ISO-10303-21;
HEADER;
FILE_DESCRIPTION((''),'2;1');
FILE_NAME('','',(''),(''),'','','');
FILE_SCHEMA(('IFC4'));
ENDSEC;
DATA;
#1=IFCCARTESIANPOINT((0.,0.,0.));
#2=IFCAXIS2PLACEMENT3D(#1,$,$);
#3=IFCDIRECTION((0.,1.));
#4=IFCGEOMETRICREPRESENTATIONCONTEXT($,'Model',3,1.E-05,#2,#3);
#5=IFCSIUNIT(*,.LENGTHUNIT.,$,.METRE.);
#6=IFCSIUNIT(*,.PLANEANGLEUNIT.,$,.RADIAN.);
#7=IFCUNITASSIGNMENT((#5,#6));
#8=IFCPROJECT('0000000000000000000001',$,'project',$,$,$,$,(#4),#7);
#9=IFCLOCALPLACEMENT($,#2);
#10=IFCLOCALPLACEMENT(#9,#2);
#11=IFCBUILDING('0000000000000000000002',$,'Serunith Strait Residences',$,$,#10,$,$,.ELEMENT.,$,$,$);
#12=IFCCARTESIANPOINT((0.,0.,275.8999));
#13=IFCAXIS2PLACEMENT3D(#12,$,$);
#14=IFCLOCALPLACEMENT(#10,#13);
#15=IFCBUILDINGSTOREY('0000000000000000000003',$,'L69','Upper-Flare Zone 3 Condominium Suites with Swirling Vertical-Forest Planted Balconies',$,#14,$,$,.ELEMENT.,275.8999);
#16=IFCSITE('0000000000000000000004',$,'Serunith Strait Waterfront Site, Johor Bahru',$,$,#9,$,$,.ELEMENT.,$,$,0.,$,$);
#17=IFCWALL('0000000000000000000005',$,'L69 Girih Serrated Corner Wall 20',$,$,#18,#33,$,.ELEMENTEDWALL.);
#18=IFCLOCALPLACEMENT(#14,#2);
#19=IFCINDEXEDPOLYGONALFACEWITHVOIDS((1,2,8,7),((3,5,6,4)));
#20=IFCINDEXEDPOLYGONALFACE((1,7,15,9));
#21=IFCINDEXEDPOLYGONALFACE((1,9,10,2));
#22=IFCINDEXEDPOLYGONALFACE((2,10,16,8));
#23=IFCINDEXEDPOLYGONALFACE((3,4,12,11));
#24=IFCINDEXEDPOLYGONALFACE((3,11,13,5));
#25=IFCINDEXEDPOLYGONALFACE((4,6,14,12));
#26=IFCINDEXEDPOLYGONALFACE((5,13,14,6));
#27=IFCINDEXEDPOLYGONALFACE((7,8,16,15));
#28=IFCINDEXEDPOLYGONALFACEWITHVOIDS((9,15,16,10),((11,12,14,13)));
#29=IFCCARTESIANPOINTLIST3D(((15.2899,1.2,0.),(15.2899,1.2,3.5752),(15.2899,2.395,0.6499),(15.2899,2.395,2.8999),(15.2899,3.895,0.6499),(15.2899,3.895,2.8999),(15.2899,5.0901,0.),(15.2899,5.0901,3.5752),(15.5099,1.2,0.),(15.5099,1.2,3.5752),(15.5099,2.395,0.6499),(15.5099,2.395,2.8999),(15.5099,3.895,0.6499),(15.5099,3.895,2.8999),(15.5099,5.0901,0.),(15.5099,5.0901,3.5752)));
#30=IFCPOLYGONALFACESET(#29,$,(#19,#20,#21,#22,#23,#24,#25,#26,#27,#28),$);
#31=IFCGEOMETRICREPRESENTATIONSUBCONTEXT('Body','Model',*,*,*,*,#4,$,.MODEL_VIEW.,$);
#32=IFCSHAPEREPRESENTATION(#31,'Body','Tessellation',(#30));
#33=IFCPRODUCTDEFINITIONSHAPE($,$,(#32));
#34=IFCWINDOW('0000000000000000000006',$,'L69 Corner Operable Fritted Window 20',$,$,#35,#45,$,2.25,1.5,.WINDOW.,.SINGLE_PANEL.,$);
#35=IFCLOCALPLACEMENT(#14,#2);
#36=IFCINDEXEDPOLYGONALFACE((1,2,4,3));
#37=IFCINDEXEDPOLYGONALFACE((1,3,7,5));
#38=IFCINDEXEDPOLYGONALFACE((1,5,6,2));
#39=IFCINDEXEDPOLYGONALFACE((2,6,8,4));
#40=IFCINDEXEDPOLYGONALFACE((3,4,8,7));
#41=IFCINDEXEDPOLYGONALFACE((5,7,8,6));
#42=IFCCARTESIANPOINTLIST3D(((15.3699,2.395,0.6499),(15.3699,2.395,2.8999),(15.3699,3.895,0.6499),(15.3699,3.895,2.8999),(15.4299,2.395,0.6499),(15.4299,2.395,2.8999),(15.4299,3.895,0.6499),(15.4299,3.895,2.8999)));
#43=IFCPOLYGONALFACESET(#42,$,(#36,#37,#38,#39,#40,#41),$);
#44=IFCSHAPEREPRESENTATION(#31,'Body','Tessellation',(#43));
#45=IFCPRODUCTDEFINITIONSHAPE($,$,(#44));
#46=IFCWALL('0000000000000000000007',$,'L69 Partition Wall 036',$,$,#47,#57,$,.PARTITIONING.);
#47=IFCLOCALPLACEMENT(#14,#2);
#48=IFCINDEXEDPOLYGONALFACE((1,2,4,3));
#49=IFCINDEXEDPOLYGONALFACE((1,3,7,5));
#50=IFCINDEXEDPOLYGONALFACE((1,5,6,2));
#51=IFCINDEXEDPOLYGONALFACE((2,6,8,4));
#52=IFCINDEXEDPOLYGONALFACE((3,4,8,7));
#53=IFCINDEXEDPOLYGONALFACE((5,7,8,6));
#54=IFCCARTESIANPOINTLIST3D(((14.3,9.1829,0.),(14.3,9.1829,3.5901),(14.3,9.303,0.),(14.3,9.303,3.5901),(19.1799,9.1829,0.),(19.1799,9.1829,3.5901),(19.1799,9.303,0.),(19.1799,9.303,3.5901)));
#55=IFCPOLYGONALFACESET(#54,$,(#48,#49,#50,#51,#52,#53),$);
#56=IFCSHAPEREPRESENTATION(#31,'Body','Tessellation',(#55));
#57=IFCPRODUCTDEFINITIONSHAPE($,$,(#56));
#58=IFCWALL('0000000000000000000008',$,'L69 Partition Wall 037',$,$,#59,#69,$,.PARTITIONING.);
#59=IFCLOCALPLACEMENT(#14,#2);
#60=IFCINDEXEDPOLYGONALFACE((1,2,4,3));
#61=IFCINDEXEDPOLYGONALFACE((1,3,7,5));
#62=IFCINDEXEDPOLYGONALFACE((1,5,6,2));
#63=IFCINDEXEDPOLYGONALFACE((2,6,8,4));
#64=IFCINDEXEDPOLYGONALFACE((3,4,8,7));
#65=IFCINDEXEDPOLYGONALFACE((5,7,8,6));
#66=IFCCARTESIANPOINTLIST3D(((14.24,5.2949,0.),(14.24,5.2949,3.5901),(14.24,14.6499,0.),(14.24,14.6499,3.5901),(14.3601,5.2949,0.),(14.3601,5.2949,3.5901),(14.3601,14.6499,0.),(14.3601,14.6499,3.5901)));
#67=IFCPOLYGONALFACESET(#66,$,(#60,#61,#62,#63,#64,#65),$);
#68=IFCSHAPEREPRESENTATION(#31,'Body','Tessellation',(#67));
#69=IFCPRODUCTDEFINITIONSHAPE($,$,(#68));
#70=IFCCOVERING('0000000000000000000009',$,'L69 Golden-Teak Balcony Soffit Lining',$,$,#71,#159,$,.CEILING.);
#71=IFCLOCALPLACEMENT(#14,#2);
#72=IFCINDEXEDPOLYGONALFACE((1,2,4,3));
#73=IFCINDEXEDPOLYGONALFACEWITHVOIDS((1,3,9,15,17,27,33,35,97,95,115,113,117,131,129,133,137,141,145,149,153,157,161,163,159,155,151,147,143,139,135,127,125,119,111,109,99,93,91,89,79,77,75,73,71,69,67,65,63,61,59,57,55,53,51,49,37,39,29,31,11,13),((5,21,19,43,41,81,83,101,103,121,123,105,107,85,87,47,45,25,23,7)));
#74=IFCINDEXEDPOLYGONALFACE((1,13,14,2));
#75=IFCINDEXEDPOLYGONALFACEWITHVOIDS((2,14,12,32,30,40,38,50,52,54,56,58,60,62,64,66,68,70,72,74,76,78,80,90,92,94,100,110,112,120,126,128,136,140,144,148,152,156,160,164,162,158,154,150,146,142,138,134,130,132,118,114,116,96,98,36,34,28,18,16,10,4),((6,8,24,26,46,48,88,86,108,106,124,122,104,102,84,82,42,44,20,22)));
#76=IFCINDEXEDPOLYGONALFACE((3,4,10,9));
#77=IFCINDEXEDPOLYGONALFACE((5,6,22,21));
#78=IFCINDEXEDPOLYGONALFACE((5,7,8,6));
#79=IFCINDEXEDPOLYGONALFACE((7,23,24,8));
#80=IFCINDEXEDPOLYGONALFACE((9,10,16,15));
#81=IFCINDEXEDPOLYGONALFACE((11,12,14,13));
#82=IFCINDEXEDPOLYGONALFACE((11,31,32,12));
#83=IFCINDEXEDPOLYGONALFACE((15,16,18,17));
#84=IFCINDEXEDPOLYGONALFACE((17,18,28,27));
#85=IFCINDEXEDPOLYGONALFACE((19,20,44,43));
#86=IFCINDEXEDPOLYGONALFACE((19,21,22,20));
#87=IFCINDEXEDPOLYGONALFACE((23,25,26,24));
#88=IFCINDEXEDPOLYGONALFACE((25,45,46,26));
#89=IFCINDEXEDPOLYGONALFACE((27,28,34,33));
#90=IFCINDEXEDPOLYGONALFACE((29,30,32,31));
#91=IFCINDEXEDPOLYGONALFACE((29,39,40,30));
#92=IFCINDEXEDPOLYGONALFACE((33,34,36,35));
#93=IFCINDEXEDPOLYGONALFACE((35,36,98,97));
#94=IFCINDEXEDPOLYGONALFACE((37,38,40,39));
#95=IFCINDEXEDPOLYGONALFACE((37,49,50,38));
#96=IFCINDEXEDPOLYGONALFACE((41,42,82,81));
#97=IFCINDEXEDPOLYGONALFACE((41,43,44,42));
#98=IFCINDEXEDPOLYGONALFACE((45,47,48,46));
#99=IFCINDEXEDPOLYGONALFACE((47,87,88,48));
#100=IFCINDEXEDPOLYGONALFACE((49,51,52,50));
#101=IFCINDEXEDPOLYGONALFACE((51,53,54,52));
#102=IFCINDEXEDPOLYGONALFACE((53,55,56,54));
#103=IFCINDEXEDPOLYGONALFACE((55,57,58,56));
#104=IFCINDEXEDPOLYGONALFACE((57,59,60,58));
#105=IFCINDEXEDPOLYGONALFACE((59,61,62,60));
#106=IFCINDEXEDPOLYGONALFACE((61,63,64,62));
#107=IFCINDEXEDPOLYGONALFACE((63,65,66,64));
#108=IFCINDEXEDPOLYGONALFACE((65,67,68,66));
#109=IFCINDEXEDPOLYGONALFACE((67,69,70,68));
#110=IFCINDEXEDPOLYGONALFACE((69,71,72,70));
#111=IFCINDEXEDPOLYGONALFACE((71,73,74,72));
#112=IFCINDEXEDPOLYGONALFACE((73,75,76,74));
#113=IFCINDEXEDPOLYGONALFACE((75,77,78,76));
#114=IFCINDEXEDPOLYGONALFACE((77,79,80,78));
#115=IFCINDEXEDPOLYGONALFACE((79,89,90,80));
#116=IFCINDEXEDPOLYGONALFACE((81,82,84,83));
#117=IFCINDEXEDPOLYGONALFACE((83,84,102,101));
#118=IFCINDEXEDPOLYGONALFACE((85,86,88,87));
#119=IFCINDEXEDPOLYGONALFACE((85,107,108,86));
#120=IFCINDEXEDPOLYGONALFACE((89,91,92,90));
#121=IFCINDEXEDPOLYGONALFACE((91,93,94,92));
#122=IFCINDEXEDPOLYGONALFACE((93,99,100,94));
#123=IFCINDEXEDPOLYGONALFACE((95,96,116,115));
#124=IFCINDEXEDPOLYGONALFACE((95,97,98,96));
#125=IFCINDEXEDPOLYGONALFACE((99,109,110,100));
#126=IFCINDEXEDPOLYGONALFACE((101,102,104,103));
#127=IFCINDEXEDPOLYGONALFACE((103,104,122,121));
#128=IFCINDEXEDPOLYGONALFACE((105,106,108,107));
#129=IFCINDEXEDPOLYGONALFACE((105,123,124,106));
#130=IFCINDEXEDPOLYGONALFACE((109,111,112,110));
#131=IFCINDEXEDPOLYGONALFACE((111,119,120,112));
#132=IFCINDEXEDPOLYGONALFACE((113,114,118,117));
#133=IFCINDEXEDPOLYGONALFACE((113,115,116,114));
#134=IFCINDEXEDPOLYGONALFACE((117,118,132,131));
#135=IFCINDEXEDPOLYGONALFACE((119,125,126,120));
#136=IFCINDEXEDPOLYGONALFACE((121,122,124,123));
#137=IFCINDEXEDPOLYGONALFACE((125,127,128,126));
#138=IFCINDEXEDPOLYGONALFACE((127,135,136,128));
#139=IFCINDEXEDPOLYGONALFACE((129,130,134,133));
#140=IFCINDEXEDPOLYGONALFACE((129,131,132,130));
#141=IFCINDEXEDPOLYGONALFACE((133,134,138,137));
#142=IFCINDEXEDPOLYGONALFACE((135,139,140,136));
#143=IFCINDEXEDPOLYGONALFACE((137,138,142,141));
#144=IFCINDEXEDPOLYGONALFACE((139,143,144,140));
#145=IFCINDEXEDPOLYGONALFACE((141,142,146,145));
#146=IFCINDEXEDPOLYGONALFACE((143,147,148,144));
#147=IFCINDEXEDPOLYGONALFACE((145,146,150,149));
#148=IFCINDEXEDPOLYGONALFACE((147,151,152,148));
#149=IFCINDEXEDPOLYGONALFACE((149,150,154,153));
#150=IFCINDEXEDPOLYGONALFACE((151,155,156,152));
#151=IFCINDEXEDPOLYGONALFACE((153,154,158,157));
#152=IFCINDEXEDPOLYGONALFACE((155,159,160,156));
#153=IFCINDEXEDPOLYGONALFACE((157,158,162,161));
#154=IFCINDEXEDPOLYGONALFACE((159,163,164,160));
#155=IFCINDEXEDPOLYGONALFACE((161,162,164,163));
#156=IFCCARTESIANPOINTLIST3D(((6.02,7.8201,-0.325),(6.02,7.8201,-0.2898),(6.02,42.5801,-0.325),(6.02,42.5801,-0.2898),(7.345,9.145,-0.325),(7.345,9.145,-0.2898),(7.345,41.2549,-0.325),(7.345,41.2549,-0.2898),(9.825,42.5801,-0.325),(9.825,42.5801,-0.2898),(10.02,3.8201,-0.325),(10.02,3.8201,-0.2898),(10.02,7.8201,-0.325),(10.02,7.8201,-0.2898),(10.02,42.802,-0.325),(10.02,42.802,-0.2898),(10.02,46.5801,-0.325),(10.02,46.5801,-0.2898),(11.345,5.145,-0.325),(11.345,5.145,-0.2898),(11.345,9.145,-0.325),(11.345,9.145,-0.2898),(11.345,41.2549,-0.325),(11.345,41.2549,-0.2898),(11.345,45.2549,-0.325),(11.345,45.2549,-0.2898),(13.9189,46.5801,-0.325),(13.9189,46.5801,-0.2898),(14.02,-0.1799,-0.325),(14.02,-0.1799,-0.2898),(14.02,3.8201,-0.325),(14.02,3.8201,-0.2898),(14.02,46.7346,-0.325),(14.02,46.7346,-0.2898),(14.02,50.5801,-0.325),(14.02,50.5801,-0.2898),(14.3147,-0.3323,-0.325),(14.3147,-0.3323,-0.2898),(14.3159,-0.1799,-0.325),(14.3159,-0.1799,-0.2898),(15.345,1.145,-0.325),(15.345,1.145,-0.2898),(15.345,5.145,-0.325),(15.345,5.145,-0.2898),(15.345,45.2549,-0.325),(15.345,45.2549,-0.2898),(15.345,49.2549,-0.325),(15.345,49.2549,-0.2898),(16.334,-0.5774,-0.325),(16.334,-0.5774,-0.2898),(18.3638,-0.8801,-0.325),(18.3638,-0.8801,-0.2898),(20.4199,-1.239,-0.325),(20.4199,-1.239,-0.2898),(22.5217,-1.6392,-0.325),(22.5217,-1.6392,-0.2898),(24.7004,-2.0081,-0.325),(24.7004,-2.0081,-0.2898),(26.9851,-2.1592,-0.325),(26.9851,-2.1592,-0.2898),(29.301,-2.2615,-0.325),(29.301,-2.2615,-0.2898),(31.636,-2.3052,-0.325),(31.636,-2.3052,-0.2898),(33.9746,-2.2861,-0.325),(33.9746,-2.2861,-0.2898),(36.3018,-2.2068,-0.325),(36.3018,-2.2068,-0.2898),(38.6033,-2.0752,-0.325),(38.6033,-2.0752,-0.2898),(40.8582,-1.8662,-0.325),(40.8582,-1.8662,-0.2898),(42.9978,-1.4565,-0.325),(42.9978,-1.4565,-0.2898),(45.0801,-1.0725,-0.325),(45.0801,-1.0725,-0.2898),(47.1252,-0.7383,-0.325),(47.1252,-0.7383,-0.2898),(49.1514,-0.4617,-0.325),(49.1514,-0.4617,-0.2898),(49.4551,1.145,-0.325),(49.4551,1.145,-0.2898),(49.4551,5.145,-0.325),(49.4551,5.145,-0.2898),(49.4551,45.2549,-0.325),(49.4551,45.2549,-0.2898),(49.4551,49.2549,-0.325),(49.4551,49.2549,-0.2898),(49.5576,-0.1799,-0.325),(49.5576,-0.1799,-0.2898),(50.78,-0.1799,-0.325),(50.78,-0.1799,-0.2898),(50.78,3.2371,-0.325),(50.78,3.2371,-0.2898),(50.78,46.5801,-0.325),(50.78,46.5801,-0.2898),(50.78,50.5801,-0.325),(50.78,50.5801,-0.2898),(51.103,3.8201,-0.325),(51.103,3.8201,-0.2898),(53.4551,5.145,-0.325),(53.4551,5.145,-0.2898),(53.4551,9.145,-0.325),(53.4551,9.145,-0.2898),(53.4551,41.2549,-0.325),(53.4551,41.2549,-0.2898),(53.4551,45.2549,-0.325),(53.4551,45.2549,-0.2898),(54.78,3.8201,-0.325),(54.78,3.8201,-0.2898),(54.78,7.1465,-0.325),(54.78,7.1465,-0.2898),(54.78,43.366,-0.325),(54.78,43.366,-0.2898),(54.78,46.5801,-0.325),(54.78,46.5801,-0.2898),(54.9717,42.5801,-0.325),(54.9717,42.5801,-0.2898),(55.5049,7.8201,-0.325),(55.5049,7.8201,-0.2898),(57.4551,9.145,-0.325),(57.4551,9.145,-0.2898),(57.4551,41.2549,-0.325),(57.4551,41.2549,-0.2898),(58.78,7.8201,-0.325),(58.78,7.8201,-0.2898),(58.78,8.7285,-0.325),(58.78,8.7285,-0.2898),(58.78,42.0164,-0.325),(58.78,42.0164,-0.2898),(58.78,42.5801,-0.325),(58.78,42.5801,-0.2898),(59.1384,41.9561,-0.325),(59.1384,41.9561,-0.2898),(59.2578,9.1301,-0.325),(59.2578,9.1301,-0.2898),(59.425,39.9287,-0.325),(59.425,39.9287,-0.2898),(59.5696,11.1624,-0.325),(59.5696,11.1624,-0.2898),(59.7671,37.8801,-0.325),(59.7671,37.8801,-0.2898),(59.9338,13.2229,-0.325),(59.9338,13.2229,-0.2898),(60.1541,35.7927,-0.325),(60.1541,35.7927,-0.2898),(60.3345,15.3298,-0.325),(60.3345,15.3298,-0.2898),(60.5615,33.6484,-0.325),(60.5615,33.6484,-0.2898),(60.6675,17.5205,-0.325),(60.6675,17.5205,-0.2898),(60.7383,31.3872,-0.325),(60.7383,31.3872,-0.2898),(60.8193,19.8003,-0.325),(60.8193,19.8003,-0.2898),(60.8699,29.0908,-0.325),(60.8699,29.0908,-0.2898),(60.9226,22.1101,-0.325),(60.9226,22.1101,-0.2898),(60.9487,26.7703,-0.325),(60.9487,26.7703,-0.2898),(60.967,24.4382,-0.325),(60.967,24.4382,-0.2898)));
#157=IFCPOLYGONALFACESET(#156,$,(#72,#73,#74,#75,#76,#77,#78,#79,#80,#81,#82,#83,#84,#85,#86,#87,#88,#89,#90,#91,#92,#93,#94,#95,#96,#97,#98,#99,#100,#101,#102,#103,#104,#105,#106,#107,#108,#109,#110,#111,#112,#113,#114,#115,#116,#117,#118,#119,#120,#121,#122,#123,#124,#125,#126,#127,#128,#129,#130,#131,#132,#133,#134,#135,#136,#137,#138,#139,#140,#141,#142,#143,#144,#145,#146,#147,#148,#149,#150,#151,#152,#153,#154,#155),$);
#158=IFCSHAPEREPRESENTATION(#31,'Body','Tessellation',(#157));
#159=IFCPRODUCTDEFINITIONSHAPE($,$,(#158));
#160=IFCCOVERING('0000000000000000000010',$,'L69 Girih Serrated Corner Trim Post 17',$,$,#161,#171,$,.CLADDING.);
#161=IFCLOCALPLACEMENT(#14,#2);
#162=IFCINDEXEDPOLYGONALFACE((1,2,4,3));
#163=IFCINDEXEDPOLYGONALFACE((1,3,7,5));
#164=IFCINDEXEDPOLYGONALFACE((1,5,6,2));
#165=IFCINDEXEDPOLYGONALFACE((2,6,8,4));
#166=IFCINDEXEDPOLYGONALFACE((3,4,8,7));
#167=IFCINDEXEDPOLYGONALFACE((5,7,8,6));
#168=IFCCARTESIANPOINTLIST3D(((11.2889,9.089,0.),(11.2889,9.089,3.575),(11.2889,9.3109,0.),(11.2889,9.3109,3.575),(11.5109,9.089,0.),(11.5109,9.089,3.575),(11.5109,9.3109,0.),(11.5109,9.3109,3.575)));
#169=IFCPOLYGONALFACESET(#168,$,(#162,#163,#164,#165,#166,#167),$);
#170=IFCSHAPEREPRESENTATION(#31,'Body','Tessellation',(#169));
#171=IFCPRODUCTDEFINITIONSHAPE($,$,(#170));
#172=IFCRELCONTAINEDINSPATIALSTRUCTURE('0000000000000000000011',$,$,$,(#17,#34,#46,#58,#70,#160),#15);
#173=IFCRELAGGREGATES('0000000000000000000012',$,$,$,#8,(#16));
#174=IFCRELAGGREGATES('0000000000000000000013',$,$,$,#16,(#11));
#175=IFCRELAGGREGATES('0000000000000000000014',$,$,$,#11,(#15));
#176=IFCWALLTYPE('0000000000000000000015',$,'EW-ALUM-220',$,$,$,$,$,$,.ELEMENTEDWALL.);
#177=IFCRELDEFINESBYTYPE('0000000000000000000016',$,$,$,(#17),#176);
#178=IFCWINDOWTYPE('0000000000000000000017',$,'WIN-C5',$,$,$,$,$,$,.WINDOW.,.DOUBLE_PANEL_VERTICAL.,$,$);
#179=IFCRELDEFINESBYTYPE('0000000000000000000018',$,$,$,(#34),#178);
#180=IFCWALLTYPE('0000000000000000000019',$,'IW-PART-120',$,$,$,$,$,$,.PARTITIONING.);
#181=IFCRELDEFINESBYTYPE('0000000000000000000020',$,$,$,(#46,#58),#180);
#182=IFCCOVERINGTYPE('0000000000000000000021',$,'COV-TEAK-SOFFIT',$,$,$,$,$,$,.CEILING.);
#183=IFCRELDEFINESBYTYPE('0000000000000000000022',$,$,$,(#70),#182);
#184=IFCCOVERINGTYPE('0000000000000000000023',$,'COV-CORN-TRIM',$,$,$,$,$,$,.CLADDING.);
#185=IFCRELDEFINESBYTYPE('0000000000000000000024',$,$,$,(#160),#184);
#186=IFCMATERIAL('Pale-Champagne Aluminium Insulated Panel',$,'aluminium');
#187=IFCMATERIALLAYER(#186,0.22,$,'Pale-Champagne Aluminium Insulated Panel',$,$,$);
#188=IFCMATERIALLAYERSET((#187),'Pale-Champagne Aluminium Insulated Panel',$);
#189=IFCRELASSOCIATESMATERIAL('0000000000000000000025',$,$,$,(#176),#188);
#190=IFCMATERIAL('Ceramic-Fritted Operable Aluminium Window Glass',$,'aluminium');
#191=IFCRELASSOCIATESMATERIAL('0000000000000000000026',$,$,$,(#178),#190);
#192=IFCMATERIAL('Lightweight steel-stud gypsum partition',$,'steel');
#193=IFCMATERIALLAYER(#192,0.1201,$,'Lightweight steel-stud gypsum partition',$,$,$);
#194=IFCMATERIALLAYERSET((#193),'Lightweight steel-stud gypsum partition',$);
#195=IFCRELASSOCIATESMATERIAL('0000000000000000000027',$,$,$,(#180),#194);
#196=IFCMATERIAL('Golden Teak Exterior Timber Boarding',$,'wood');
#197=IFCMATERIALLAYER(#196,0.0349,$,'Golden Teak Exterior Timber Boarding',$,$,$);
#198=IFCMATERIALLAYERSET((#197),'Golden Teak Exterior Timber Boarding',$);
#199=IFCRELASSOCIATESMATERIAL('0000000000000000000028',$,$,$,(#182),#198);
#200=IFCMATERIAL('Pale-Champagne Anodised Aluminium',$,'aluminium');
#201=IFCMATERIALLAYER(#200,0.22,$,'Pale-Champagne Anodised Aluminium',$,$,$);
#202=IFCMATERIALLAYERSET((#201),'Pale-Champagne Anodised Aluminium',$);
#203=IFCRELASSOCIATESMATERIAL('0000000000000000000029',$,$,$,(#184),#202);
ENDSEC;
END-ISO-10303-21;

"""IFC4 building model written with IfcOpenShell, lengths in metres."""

from ifc_helpers import new_model, si_unit, direction, frame, frame_2d, origin, origin_2d, place, context, subcontext, project, spatial, polyline, rectangle, outline, extrude, source, transform, mapped, material, layer, layer_set, type_object, element, fill, save


model = new_model("IFC4")

# Units and contexts
model_context = context("Model", 3, precision=1e-05, world=origin(), true_north=direction((0.0, 1.0)))
body_context = subcontext(model_context, "Body", "Model", "MODEL_VIEW")
ifc_project = project(units=[si_unit("LENGTHUNIT", "METRE"), si_unit("PLANEANGLEUNIT", "RADIAN")], contexts=[model_context])

# Site, building, storey
site_placement = place(None, origin())
site = spatial("IfcSite", under=ifc_project, at=site_placement, Name="Serunith Strait Waterfront Site, Johor Bahru", CompositionType="ELEMENT", RefElevation=0.0)
building_placement = place(site_placement, origin())
building = spatial("IfcBuilding", under=site, at=building_placement, Name="Serunith Strait Residences", CompositionType="ELEMENT")
storey_placement = place(building_placement, frame((0.0, 0.0, 275.8999)))
storey = spatial("IfcBuildingStorey", under=building, at=storey_placement, Name="L69", Description="Upper-Flare Zone 3 Condominium Suites with Swirling Vertical-Forest Planted Balconies", CompositionType="ELEMENT", Elevation=275.8999)

# Shared definitions
ifc_material_1 = material(Name="Pale-Champagne Anodised Aluminium", Category="aluminium")

# Wall, opening, window
ifc_material_2 = material(Name="Pale-Champagne Aluminium Insulated Panel", Category="aluminium")
ifc_layer_1 = layer(ifc_material_2, 0.22, Name="Pale-Champagne Aluminium Insulated Panel")
ifc_layer_set_1 = layer_set([ifc_layer_1], Name="Pale-Champagne Aluminium Insulated Panel")
wall_type_1 = type_object("IfcWallType", Name="EW-ALUM-220", PredefinedType="ELEMENTEDWALL", material=ifc_layer_set_1)
ifc_material_3 = material(Name="Ceramic-Fritted Operable Aluminium Window Glass", Category="aluminium")
window_type = type_object("IfcWindowType", Name="WIN-C5", PartitioningType="DOUBLE_PANEL_VERTICAL", PredefinedType="WINDOW", material=ifc_material_3)
shared_shape_1 = source(origin(), body_context, "Body", "SweptSolid", [
    extrude(rectangle(XDim=1.5, YDim=2.25, at=frame_2d((0.75, 1.125))), frame((0.0, 0.03, 0.0), z_axis=(0.0, -1.0, 0.0), x_axis=(1.0, 0.0, 0.0)), (0.0, 0.0, 1.0), 0.0601),
])
wall_1_placement = place(storey_placement, frame((15.3999, 5.0901, 0.0), z_axis=(0.0, 0.0, 1.0), x_axis=(0.0, -1.0, 0.0)))
wall_1 = element("IfcWall", 1, at=wall_1_placement, inside=storey, type_object=wall_type_1, Name="L69 Girih Serrated Corner Wall 20", PredefinedType="ELEMENTEDWALL", context=body_context, shape_type="SweptSolid", body=[
    extrude(rectangle(XDim=3.8901, YDim=0.22, at=frame_2d((1.9451, 0.0))), origin(), (0.0, 0.0, 1.0), 3.5752),
])
opening_1_placement = place(wall_1_placement, frame((1.1951, 0.0, 0.6499)))
opening_1 = element("IfcOpeningElement", 2, at=opening_1_placement, cuts=wall_1, PredefinedType="OPENING", context=body_context, shape_type="SweptSolid", body=[
    extrude(rectangle(XDim=1.5, YDim=2.25, at=frame_2d((0.75, 1.125))), frame((0.0, 0.1201, 0.0), z_axis=(0.0, -1.0, 0.0), x_axis=(1.0, 0.0, 0.0)), (0.0, 0.0, 1.0), 0.24),
])
window_1_placement = place(opening_1_placement, origin())
window_1 = element("IfcWindow", 3, at=window_1_placement, inside=storey, type_object=window_type, Name="L69 Corner Operable Fritted Window 20", OverallHeight=2.25, OverallWidth=1.5, PartitioningType="SINGLE_PANEL", PredefinedType="WINDOW", context=body_context, shape_type="MappedRepresentation", body=[
    mapped(shared_shape_1, transform((0.0, 0.0, 0.0), scale=1.0)),
])
fill(opening_1, window_1)

# Walls
ifc_material_4 = material(Name="Lightweight steel-stud gypsum partition", Category="steel")
ifc_layer_2 = layer(ifc_material_4, 0.1201, Name="Lightweight steel-stud gypsum partition")
ifc_layer_set_2 = layer_set([ifc_layer_2], Name="Lightweight steel-stud gypsum partition")
wall_type_2 = type_object("IfcWallType", Name="IW-PART-120", PredefinedType="PARTITIONING", material=ifc_layer_set_2)
wall_2_placement = place(storey_placement, frame((14.3, 9.2429, 0.0), z_axis=(0.0, 0.0, 1.0), x_axis=(1.0, 0.0, 0.0)))
element("IfcWall", 4, at=wall_2_placement, inside=storey, type_object=wall_type_2, Name="L69 Partition Wall 036", PredefinedType="PARTITIONING", context=body_context, shape_type="SweptSolid", body=[
    extrude(rectangle(XDim=4.8799, YDim=0.1201, at=frame_2d((2.4399, 0.0))), origin(), (0.0, 0.0, 1.0), 3.5901),
])
wall_3_placement = place(storey_placement, frame((14.3, 5.2949, 0.0), z_axis=(0.0, 0.0, 1.0), x_axis=(0.0, 1.0, 0.0)))
element("IfcWall", 5, at=wall_3_placement, inside=storey, type_object=wall_type_2, Name="L69 Partition Wall 037", PredefinedType="PARTITIONING", context=body_context, shape_type="SweptSolid", body=[
    extrude(rectangle(XDim=9.355, YDim=0.1201, at=frame_2d((4.6775, 0.0))), origin(), (0.0, 0.0, 1.0), 3.5901),
])

# Covering
ifc_material_5 = material(Name="Golden Teak Exterior Timber Boarding", Category="wood")
ifc_layer_3 = layer(ifc_material_5, 0.0349, Name="Golden Teak Exterior Timber Boarding")
ifc_layer_set_3 = layer_set([ifc_layer_3], Name="Golden Teak Exterior Timber Boarding")
covering_type_1 = type_object("IfcCoveringType", Name="COV-TEAK-SOFFIT", PredefinedType="CEILING", material=ifc_layer_set_3)
covering_placement = place(storey_placement, frame((0.0, 0.0, -0.325)))
element("IfcCovering", 6, at=covering_placement, inside=storey, type_object=covering_type_1, Name="L69 Golden-Teak Balcony Soffit Lining", PredefinedType="CEILING", context=body_context, shape_type="SweptSolid", body=[
    extrude(outline(polyline([(14.02, -0.1799), (14.02, 3.8201), (10.02, 3.8201), (10.02, 7.8201), (6.02, 7.8201), (6.02, 42.5801), (9.825, 42.5801), (10.02, 42.802), (10.02, 46.5801), (13.9189, 46.5801), (14.02, 46.7346), (14.02, 50.5801), (50.78, 50.5801), (50.78, 46.5801), (54.78, 46.5801), (54.78, 43.366), (54.9717, 42.5801), (58.78, 42.5801), (58.78, 42.0164), (59.1384, 41.9561), (59.425, 39.9287), (59.7671, 37.8801), (60.1541, 35.7927), (60.5615, 33.6484), (60.7383, 31.3872), (60.8699, 29.0908), (60.9487, 26.7703), (60.967, 24.4382), (60.9226, 22.1101), (60.8193, 19.8003), (60.6675, 17.5205), (60.3345, 15.3298), (59.9338, 13.2229), (59.5696, 11.1624), (59.2578, 9.1301), (58.78, 8.7285), (58.78, 7.8201), (55.5049, 7.8201), (54.78, 7.1465), (54.78, 3.8201), (51.103, 3.8201), (50.78, 3.2371), (50.78, -0.1799), (49.5576, -0.1799), (49.1514, -0.4617), (47.1252, -0.7383), (45.0801, -1.0725), (42.9978, -1.4565), (40.8582, -1.8662), (38.6033, -2.0752), (36.3018, -2.2068), (33.9746, -2.2861), (31.636, -2.3052), (29.301, -2.2615), (26.9851, -2.1592), (24.7004, -2.0081), (22.5217, -1.6392), (20.4199, -1.239), (18.3638, -0.8801), (16.334, -0.5774), (14.3147, -0.3323), (14.3159, -0.1799), (14.02, -0.1799)]), holes=[polyline([(49.4551, 1.145), (49.4551, 5.145), (53.4551, 5.145), (53.4551, 9.145), (57.4551, 9.145), (57.4551, 41.2549), (53.4551, 41.2549), (53.4551, 45.2549), (49.4551, 45.2549), (49.4551, 49.2549), (15.345, 49.2549), (15.345, 45.2549), (11.345, 45.2549), (11.345, 41.2549), (7.345, 41.2549), (7.345, 9.145), (11.345, 9.145), (11.345, 5.145), (15.345, 5.145), (15.345, 1.145), (49.4551, 1.145)])]), origin(), (0.0, 0.0, 1.0), 0.0352),
])

# Covering
ifc_layer_4 = layer(ifc_material_1, 0.22, Name="Pale-Champagne Anodised Aluminium")
ifc_layer_set_4 = layer_set([ifc_layer_4], Name="Pale-Champagne Anodised Aluminium")
covering_type_2 = type_object("IfcCoveringType", Name="COV-CORN-TRIM", PredefinedType="CLADDING", material=ifc_layer_set_4)
shared_shape_2 = source(origin(), body_context, "Body", "SweptSolid", [
    extrude(rectangle(XDim=0.2219, YDim=0.2219, at=origin_2d()), origin(), (0.0, 0.0, 1.0), 3.575),
])
for number, where, z_axis, x_axis, name in (
    (7, (11.3999, 9.2, 0.0), (0.0, 0.0, 1.0), (1.0, 0.0, 0.0), "L69 Girih Serrated Corner Trim Post 17"),
):
    element("IfcCovering", number, at=place(storey_placement, frame(where, z_axis=z_axis, x_axis=x_axis)), inside=storey, type_object=covering_type_2, Name=name, PredefinedType="CLADDING", context=body_context, shape_type="MappedRepresentation", body=[
        mapped(shared_shape_2, transform((0.0, 0.0, 0.0), scale=1.0)),
    ])

save(model, "model.ifc")
